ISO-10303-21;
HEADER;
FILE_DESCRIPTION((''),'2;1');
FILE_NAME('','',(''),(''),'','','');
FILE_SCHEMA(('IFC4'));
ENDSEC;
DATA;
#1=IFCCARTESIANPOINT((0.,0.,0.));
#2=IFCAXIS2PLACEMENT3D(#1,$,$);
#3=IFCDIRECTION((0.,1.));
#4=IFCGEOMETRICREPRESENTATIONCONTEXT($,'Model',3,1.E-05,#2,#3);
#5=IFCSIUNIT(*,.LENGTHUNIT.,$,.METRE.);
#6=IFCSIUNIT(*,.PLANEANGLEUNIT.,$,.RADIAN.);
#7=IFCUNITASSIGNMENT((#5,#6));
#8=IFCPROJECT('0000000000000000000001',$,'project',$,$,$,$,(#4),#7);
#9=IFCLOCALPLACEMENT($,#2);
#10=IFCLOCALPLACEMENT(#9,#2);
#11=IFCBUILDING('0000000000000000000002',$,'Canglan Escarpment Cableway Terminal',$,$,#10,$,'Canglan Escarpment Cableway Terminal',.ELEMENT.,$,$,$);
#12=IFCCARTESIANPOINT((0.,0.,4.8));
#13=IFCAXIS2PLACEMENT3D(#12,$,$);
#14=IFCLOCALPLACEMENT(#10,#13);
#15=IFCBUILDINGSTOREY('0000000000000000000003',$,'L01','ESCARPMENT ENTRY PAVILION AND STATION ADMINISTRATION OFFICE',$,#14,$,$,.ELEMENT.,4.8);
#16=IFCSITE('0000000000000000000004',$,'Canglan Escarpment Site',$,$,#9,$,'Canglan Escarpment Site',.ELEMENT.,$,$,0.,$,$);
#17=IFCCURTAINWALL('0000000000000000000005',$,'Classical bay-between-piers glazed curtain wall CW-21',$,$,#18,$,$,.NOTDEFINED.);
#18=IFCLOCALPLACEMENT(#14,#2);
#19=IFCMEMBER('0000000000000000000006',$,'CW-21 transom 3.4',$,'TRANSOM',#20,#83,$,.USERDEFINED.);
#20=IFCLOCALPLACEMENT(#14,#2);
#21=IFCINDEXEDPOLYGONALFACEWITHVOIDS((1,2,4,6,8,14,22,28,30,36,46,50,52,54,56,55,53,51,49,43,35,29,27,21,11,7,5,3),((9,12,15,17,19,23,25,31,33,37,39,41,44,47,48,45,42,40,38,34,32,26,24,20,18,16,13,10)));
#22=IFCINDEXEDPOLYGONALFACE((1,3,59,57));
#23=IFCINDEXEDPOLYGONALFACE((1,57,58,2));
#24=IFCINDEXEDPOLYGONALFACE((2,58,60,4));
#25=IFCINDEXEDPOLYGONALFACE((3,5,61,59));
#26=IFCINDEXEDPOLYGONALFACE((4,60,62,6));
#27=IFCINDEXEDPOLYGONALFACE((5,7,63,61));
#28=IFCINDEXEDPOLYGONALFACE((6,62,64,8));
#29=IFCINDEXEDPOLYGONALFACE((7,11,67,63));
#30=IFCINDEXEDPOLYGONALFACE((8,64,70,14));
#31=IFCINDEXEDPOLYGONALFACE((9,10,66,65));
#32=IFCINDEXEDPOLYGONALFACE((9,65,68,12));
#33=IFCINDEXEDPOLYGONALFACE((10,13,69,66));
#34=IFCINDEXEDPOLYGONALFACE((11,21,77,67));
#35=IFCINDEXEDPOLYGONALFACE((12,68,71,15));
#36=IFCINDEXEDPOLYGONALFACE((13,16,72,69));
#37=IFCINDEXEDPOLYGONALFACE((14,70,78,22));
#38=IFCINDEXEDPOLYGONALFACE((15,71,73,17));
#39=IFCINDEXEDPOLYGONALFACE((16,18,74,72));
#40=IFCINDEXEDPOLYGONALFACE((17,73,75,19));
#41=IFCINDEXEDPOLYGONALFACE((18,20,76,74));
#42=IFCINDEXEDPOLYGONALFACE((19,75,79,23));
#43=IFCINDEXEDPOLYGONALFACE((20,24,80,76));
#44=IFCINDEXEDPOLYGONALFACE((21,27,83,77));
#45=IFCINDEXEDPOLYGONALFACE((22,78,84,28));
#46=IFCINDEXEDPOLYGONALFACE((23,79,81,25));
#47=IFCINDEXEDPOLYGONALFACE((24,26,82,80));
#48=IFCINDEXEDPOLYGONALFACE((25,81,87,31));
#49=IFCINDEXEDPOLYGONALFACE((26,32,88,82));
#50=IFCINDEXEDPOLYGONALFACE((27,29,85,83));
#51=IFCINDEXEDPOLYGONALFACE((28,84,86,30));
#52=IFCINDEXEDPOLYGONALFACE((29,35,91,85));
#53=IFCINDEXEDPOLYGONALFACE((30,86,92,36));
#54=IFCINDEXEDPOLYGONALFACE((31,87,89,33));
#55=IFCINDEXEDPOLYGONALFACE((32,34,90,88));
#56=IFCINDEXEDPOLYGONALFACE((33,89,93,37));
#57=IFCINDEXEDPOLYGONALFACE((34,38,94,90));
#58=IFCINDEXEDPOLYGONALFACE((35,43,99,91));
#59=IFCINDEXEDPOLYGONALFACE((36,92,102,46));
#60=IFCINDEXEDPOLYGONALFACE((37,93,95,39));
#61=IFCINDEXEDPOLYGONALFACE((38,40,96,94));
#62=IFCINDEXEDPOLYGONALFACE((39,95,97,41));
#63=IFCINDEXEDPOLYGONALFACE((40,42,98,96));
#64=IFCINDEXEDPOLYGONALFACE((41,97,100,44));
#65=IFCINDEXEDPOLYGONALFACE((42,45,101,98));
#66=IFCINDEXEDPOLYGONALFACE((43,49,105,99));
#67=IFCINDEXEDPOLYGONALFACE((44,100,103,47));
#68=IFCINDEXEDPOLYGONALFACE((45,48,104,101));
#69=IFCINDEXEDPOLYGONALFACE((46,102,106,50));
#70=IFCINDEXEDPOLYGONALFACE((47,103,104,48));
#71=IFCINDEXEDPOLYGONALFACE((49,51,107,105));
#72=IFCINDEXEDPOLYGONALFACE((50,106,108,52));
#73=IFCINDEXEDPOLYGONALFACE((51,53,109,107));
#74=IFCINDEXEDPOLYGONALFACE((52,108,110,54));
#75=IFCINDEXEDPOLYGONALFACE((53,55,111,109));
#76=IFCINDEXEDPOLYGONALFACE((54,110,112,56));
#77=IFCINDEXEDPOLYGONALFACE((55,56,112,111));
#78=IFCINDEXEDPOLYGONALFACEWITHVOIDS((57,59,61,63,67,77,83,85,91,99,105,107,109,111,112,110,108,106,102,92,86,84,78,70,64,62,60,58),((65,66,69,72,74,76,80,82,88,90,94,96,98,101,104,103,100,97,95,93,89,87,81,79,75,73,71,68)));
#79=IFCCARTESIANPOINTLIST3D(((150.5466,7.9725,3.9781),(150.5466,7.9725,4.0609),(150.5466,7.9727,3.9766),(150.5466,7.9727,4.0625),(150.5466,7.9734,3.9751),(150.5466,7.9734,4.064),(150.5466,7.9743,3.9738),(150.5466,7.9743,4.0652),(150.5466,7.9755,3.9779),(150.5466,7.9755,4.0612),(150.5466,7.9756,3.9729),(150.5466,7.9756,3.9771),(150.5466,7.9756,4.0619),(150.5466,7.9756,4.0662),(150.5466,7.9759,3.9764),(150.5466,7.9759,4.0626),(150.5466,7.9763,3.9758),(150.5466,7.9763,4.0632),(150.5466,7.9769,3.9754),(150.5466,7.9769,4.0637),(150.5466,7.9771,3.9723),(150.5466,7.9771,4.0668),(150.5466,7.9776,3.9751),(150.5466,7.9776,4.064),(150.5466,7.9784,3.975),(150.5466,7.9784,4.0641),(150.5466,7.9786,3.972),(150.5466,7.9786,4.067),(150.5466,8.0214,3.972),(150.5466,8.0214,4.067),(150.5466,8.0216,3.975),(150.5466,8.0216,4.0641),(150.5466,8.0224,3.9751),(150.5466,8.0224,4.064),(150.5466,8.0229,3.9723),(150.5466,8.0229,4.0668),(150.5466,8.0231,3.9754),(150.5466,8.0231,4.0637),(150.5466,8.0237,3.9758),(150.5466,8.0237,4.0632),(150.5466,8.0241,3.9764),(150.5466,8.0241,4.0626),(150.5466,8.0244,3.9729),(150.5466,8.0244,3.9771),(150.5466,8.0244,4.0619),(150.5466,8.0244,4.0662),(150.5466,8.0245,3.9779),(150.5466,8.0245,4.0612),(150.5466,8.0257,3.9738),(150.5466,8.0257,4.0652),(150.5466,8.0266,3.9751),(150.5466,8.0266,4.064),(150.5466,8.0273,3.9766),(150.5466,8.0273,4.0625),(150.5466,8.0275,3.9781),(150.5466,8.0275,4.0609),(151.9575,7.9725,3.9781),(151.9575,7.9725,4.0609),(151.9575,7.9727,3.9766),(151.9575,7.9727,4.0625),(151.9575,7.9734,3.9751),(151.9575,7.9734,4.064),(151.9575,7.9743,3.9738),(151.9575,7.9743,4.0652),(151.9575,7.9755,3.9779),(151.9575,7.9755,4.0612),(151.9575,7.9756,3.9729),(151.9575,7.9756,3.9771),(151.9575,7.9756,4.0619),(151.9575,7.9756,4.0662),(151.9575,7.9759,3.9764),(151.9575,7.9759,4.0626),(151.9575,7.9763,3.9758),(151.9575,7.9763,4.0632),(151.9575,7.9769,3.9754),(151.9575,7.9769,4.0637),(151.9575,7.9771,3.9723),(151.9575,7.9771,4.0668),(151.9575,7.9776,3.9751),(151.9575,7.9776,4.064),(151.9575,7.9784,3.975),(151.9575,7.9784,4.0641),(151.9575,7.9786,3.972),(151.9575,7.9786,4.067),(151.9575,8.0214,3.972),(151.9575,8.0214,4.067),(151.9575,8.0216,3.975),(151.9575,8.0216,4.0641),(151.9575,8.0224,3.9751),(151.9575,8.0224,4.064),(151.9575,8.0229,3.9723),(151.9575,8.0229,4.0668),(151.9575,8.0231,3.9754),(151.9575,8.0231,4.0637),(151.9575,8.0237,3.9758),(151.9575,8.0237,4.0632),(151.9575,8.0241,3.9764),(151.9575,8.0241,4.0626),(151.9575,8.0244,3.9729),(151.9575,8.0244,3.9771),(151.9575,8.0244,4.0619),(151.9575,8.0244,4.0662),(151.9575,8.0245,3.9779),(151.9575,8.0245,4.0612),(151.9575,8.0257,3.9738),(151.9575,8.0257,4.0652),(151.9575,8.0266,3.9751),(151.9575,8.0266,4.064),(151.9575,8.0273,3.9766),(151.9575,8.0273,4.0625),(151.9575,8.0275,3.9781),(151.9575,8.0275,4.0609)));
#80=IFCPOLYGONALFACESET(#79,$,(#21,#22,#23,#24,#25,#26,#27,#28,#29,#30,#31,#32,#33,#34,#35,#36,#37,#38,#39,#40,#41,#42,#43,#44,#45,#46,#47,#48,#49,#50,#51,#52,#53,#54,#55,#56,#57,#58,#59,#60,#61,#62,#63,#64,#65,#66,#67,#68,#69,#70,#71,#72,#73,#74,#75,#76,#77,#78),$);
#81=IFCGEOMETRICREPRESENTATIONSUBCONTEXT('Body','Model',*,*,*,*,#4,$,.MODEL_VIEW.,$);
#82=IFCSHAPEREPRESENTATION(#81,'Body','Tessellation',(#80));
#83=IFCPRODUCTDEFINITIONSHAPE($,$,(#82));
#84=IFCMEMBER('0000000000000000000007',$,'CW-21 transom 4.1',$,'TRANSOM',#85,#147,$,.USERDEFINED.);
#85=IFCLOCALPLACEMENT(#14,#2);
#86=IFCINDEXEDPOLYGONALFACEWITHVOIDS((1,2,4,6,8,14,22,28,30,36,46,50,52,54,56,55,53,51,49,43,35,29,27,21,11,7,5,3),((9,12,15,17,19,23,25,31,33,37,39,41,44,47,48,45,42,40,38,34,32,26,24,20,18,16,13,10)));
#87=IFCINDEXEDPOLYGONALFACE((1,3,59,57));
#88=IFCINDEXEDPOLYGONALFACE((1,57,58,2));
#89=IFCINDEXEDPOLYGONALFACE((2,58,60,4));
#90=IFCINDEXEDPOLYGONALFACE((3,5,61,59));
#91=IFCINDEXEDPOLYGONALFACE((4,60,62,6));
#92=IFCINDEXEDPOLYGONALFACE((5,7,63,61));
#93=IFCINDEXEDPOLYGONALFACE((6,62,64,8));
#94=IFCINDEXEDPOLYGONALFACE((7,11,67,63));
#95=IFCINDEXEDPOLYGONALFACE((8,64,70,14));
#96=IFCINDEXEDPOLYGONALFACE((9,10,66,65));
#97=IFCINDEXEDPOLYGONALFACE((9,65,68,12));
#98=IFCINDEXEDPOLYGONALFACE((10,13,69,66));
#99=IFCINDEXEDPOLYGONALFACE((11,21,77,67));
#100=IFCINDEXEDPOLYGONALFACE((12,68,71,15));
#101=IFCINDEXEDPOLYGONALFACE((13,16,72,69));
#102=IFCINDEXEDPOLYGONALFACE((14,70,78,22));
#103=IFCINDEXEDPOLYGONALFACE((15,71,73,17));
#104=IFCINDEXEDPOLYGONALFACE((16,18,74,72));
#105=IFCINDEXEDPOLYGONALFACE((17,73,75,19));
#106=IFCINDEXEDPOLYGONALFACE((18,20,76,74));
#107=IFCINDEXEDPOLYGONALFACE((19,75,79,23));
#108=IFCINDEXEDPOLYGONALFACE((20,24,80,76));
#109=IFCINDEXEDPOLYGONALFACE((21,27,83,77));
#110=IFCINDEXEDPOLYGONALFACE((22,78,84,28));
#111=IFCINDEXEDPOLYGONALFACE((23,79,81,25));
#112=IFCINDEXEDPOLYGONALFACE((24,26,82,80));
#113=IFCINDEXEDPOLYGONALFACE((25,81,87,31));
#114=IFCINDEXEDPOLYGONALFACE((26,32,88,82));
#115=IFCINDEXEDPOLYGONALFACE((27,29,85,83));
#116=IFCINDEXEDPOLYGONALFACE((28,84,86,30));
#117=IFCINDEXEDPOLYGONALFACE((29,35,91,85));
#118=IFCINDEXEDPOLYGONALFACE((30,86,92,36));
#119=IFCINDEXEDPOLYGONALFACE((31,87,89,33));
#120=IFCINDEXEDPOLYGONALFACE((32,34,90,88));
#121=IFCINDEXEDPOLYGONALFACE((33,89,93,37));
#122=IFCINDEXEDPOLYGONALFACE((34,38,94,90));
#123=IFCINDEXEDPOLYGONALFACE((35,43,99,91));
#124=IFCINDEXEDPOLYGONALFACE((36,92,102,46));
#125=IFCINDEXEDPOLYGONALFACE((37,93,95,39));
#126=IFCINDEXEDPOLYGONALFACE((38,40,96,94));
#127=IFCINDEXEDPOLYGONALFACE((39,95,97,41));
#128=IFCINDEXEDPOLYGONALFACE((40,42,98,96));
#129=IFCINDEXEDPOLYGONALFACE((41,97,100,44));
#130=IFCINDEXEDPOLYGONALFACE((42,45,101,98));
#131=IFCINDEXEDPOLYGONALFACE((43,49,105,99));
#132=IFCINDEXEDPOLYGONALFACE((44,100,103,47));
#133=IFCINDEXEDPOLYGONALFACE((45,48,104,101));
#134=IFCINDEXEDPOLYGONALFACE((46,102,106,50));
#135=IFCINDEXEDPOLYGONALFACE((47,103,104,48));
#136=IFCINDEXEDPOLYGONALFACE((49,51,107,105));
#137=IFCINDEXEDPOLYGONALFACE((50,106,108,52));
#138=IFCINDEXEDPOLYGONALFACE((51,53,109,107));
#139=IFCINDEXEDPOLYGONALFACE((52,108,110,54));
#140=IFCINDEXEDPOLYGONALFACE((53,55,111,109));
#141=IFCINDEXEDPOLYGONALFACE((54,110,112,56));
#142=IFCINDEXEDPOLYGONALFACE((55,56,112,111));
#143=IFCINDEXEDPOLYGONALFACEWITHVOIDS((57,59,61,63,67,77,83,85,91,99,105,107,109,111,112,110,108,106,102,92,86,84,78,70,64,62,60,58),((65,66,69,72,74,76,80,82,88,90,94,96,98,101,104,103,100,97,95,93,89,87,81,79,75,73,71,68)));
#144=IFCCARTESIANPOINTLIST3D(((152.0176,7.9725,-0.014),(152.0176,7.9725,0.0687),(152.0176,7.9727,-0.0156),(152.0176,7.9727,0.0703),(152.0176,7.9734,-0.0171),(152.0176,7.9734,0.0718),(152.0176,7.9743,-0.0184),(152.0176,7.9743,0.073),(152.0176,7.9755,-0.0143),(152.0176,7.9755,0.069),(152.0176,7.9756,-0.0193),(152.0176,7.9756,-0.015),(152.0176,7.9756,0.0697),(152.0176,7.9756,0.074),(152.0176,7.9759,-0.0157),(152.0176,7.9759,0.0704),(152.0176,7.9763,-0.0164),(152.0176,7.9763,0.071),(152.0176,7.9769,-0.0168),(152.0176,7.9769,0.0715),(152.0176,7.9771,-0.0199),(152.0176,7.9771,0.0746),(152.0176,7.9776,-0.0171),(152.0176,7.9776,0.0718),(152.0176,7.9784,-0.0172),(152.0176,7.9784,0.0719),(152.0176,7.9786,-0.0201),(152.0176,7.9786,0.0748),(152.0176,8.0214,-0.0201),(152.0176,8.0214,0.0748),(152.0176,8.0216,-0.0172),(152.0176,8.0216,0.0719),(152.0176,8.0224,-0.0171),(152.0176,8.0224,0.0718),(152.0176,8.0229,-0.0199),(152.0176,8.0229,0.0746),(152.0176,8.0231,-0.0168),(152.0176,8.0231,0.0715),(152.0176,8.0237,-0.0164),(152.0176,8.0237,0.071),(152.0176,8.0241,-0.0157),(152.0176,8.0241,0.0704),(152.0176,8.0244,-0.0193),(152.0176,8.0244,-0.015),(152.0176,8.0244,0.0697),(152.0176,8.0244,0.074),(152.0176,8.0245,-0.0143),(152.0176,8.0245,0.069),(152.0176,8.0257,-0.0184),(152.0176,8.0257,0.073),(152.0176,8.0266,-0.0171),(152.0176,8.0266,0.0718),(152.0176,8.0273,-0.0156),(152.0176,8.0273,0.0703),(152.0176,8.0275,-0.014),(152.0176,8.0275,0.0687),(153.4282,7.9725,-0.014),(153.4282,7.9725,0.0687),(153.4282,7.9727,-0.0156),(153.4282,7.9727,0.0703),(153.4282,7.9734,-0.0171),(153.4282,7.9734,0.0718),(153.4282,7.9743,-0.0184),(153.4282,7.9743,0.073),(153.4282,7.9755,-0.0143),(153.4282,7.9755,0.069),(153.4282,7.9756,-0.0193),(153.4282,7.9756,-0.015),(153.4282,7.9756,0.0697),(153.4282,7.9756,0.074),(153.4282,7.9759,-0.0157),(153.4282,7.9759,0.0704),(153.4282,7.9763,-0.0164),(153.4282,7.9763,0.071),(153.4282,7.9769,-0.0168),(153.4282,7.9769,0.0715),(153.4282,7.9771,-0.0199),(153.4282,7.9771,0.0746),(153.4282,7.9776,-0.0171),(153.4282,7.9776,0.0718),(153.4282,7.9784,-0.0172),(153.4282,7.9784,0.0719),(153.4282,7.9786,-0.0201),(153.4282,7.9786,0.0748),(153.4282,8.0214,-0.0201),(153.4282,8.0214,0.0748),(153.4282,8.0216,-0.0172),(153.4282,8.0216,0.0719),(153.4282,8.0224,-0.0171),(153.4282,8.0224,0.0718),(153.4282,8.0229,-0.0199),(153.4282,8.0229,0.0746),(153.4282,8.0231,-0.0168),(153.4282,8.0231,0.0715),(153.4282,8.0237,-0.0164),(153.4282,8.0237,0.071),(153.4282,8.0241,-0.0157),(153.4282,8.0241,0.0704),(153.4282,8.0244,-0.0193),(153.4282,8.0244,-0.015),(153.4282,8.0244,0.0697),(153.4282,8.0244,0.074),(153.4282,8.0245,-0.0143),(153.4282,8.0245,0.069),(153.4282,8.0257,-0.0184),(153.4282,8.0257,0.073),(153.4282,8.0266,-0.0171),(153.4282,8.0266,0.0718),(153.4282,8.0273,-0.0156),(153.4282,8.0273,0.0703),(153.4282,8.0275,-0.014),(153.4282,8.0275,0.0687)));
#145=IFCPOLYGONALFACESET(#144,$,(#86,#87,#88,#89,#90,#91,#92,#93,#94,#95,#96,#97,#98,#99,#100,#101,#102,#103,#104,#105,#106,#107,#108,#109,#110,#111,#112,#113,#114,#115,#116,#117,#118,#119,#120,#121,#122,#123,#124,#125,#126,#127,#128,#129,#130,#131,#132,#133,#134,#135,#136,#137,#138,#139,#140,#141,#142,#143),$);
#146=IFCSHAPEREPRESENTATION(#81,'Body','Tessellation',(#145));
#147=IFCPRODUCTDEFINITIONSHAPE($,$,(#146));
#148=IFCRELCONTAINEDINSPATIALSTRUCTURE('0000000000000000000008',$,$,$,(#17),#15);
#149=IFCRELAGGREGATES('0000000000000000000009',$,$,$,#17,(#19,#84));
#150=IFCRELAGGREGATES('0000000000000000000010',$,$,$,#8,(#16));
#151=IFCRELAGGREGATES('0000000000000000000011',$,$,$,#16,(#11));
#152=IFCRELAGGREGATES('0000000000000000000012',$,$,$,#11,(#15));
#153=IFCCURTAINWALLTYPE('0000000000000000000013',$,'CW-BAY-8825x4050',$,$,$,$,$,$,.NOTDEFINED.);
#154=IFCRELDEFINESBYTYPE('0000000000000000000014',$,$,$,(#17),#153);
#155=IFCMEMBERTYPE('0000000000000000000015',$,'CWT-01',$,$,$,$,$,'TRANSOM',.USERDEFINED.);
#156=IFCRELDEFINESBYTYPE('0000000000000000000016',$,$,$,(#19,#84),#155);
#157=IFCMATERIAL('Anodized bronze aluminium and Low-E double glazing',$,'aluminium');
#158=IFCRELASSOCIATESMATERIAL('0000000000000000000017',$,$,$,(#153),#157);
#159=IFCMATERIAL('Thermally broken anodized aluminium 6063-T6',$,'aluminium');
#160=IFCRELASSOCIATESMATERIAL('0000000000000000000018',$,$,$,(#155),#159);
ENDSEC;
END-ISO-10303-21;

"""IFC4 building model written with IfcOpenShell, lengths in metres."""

from ifc_helpers import new_model, si_unit, direction, frame, origin, origin_2d, place, context, subcontext, project, spatial, hollow_rectangle, extrude, material, material_profile, profile_set, type_object, element, aggregate, save


model = new_model("IFC4")

# Units and contexts
model_context = context("Model", 3, precision=1e-05, world=origin(), true_north=direction((0.0, 1.0)))
body_context = subcontext(model_context, "Body", "Model", "MODEL_VIEW")
ifc_project = project(units=[si_unit("LENGTHUNIT", "METRE"), si_unit("PLANEANGLEUNIT", "RADIAN")], contexts=[model_context])

# Site, building, storey
site_placement = place(None, origin())
site = spatial("IfcSite", under=ifc_project, at=site_placement, Name="Canglan Escarpment Site", LongName="Canglan Escarpment Site", CompositionType="ELEMENT", RefElevation=0.0)
building_placement = place(site_placement, origin())
building = spatial("IfcBuilding", under=site, at=building_placement, Name="Canglan Escarpment Cableway Terminal", LongName="Canglan Escarpment Cableway Terminal", CompositionType="ELEMENT")
storey_placement = place(building_placement, frame((0.0, 0.0, 4.8)))
storey = spatial("IfcBuildingStorey", under=building, at=storey_placement, Name="L01", Description="ESCARPMENT ENTRY PAVILION AND STATION ADMINISTRATION OFFICE", CompositionType="ELEMENT", Elevation=4.8)

# Curtain wall, members
ifc_material_1 = material(Name="Anodized bronze aluminium and Low-E double glazing", Category="aluminium")
curtain_wall_type = type_object("IfcCurtainWallType", Name="CW-BAY-8825x4050", PredefinedType="NOTDEFINED", material=ifc_material_1)
curtain_wall_placement = place(storey_placement, origin())
curtain_wall = element("IfcCurtainWall", 1, at=curtain_wall_placement, inside=storey, type_object=curtain_wall_type, Name="Classical bay-between-piers glazed curtain wall CW-21", PredefinedType="NOTDEFINED")
ifc_material_2 = material(Name="Thermally broken anodized aluminium 6063-T6", Category="aluminium")
ifc_material_profile_1 = material_profile(ifc_material_2, hollow_rectangle(XDim=0.0549, YDim=0.095, WallThickness=0.0029, InnerFilletRadius=0.0029, OuterFilletRadius=0.0061, at=origin_2d()), Name="ALU-TRAN 55x95x3")
ifc_profile_set_1 = profile_set([ifc_material_profile_1], Name="Thermally broken anodized aluminium 6063-T6")
member_type_1 = type_object("IfcMemberType", Name="CWT-01", ElementType="TRANSOM", PredefinedType="USERDEFINED", material=ifc_profile_set_1)
member_1_placement = place(storey_placement, frame((150.5466, 8.0, 4.0195), z_axis=(1.0, 0.0, 0.0), x_axis=(0.0, 1.0, 0.0)))
member_1 = element("IfcMember", 2, at=member_1_placement, type_object=member_type_1, Name="CW-21 transom 3.4", ObjectType="TRANSOM", PredefinedType="USERDEFINED", context=body_context, shape_type="SweptSolid", body=[
    extrude(hollow_rectangle(XDim=0.0549, YDim=0.095, WallThickness=0.0029, InnerFilletRadius=0.0029, OuterFilletRadius=0.0061, at=origin_2d()), origin(), (0.0, 0.0, 1.0), 1.4109),
])
member_2_placement = place(storey_placement, frame((152.0176, 8.0, 0.0273), z_axis=(1.0, 0.0, 0.0), x_axis=(0.0, 1.0, 0.0)))
member_2 = element("IfcMember", 3, at=member_2_placement, type_object=member_type_1, Name="CW-21 transom 4.1", ObjectType="TRANSOM", PredefinedType="USERDEFINED", context=body_context, shape_type="SweptSolid", body=[
    extrude(hollow_rectangle(XDim=0.0549, YDim=0.095, WallThickness=0.0029, InnerFilletRadius=0.0029, OuterFilletRadius=0.0061, at=origin_2d()), origin(), (0.0, 0.0, 1.0), 1.4106),
])
aggregate(curtain_wall, [member_1, member_2])

save(model, "model.ifc")
